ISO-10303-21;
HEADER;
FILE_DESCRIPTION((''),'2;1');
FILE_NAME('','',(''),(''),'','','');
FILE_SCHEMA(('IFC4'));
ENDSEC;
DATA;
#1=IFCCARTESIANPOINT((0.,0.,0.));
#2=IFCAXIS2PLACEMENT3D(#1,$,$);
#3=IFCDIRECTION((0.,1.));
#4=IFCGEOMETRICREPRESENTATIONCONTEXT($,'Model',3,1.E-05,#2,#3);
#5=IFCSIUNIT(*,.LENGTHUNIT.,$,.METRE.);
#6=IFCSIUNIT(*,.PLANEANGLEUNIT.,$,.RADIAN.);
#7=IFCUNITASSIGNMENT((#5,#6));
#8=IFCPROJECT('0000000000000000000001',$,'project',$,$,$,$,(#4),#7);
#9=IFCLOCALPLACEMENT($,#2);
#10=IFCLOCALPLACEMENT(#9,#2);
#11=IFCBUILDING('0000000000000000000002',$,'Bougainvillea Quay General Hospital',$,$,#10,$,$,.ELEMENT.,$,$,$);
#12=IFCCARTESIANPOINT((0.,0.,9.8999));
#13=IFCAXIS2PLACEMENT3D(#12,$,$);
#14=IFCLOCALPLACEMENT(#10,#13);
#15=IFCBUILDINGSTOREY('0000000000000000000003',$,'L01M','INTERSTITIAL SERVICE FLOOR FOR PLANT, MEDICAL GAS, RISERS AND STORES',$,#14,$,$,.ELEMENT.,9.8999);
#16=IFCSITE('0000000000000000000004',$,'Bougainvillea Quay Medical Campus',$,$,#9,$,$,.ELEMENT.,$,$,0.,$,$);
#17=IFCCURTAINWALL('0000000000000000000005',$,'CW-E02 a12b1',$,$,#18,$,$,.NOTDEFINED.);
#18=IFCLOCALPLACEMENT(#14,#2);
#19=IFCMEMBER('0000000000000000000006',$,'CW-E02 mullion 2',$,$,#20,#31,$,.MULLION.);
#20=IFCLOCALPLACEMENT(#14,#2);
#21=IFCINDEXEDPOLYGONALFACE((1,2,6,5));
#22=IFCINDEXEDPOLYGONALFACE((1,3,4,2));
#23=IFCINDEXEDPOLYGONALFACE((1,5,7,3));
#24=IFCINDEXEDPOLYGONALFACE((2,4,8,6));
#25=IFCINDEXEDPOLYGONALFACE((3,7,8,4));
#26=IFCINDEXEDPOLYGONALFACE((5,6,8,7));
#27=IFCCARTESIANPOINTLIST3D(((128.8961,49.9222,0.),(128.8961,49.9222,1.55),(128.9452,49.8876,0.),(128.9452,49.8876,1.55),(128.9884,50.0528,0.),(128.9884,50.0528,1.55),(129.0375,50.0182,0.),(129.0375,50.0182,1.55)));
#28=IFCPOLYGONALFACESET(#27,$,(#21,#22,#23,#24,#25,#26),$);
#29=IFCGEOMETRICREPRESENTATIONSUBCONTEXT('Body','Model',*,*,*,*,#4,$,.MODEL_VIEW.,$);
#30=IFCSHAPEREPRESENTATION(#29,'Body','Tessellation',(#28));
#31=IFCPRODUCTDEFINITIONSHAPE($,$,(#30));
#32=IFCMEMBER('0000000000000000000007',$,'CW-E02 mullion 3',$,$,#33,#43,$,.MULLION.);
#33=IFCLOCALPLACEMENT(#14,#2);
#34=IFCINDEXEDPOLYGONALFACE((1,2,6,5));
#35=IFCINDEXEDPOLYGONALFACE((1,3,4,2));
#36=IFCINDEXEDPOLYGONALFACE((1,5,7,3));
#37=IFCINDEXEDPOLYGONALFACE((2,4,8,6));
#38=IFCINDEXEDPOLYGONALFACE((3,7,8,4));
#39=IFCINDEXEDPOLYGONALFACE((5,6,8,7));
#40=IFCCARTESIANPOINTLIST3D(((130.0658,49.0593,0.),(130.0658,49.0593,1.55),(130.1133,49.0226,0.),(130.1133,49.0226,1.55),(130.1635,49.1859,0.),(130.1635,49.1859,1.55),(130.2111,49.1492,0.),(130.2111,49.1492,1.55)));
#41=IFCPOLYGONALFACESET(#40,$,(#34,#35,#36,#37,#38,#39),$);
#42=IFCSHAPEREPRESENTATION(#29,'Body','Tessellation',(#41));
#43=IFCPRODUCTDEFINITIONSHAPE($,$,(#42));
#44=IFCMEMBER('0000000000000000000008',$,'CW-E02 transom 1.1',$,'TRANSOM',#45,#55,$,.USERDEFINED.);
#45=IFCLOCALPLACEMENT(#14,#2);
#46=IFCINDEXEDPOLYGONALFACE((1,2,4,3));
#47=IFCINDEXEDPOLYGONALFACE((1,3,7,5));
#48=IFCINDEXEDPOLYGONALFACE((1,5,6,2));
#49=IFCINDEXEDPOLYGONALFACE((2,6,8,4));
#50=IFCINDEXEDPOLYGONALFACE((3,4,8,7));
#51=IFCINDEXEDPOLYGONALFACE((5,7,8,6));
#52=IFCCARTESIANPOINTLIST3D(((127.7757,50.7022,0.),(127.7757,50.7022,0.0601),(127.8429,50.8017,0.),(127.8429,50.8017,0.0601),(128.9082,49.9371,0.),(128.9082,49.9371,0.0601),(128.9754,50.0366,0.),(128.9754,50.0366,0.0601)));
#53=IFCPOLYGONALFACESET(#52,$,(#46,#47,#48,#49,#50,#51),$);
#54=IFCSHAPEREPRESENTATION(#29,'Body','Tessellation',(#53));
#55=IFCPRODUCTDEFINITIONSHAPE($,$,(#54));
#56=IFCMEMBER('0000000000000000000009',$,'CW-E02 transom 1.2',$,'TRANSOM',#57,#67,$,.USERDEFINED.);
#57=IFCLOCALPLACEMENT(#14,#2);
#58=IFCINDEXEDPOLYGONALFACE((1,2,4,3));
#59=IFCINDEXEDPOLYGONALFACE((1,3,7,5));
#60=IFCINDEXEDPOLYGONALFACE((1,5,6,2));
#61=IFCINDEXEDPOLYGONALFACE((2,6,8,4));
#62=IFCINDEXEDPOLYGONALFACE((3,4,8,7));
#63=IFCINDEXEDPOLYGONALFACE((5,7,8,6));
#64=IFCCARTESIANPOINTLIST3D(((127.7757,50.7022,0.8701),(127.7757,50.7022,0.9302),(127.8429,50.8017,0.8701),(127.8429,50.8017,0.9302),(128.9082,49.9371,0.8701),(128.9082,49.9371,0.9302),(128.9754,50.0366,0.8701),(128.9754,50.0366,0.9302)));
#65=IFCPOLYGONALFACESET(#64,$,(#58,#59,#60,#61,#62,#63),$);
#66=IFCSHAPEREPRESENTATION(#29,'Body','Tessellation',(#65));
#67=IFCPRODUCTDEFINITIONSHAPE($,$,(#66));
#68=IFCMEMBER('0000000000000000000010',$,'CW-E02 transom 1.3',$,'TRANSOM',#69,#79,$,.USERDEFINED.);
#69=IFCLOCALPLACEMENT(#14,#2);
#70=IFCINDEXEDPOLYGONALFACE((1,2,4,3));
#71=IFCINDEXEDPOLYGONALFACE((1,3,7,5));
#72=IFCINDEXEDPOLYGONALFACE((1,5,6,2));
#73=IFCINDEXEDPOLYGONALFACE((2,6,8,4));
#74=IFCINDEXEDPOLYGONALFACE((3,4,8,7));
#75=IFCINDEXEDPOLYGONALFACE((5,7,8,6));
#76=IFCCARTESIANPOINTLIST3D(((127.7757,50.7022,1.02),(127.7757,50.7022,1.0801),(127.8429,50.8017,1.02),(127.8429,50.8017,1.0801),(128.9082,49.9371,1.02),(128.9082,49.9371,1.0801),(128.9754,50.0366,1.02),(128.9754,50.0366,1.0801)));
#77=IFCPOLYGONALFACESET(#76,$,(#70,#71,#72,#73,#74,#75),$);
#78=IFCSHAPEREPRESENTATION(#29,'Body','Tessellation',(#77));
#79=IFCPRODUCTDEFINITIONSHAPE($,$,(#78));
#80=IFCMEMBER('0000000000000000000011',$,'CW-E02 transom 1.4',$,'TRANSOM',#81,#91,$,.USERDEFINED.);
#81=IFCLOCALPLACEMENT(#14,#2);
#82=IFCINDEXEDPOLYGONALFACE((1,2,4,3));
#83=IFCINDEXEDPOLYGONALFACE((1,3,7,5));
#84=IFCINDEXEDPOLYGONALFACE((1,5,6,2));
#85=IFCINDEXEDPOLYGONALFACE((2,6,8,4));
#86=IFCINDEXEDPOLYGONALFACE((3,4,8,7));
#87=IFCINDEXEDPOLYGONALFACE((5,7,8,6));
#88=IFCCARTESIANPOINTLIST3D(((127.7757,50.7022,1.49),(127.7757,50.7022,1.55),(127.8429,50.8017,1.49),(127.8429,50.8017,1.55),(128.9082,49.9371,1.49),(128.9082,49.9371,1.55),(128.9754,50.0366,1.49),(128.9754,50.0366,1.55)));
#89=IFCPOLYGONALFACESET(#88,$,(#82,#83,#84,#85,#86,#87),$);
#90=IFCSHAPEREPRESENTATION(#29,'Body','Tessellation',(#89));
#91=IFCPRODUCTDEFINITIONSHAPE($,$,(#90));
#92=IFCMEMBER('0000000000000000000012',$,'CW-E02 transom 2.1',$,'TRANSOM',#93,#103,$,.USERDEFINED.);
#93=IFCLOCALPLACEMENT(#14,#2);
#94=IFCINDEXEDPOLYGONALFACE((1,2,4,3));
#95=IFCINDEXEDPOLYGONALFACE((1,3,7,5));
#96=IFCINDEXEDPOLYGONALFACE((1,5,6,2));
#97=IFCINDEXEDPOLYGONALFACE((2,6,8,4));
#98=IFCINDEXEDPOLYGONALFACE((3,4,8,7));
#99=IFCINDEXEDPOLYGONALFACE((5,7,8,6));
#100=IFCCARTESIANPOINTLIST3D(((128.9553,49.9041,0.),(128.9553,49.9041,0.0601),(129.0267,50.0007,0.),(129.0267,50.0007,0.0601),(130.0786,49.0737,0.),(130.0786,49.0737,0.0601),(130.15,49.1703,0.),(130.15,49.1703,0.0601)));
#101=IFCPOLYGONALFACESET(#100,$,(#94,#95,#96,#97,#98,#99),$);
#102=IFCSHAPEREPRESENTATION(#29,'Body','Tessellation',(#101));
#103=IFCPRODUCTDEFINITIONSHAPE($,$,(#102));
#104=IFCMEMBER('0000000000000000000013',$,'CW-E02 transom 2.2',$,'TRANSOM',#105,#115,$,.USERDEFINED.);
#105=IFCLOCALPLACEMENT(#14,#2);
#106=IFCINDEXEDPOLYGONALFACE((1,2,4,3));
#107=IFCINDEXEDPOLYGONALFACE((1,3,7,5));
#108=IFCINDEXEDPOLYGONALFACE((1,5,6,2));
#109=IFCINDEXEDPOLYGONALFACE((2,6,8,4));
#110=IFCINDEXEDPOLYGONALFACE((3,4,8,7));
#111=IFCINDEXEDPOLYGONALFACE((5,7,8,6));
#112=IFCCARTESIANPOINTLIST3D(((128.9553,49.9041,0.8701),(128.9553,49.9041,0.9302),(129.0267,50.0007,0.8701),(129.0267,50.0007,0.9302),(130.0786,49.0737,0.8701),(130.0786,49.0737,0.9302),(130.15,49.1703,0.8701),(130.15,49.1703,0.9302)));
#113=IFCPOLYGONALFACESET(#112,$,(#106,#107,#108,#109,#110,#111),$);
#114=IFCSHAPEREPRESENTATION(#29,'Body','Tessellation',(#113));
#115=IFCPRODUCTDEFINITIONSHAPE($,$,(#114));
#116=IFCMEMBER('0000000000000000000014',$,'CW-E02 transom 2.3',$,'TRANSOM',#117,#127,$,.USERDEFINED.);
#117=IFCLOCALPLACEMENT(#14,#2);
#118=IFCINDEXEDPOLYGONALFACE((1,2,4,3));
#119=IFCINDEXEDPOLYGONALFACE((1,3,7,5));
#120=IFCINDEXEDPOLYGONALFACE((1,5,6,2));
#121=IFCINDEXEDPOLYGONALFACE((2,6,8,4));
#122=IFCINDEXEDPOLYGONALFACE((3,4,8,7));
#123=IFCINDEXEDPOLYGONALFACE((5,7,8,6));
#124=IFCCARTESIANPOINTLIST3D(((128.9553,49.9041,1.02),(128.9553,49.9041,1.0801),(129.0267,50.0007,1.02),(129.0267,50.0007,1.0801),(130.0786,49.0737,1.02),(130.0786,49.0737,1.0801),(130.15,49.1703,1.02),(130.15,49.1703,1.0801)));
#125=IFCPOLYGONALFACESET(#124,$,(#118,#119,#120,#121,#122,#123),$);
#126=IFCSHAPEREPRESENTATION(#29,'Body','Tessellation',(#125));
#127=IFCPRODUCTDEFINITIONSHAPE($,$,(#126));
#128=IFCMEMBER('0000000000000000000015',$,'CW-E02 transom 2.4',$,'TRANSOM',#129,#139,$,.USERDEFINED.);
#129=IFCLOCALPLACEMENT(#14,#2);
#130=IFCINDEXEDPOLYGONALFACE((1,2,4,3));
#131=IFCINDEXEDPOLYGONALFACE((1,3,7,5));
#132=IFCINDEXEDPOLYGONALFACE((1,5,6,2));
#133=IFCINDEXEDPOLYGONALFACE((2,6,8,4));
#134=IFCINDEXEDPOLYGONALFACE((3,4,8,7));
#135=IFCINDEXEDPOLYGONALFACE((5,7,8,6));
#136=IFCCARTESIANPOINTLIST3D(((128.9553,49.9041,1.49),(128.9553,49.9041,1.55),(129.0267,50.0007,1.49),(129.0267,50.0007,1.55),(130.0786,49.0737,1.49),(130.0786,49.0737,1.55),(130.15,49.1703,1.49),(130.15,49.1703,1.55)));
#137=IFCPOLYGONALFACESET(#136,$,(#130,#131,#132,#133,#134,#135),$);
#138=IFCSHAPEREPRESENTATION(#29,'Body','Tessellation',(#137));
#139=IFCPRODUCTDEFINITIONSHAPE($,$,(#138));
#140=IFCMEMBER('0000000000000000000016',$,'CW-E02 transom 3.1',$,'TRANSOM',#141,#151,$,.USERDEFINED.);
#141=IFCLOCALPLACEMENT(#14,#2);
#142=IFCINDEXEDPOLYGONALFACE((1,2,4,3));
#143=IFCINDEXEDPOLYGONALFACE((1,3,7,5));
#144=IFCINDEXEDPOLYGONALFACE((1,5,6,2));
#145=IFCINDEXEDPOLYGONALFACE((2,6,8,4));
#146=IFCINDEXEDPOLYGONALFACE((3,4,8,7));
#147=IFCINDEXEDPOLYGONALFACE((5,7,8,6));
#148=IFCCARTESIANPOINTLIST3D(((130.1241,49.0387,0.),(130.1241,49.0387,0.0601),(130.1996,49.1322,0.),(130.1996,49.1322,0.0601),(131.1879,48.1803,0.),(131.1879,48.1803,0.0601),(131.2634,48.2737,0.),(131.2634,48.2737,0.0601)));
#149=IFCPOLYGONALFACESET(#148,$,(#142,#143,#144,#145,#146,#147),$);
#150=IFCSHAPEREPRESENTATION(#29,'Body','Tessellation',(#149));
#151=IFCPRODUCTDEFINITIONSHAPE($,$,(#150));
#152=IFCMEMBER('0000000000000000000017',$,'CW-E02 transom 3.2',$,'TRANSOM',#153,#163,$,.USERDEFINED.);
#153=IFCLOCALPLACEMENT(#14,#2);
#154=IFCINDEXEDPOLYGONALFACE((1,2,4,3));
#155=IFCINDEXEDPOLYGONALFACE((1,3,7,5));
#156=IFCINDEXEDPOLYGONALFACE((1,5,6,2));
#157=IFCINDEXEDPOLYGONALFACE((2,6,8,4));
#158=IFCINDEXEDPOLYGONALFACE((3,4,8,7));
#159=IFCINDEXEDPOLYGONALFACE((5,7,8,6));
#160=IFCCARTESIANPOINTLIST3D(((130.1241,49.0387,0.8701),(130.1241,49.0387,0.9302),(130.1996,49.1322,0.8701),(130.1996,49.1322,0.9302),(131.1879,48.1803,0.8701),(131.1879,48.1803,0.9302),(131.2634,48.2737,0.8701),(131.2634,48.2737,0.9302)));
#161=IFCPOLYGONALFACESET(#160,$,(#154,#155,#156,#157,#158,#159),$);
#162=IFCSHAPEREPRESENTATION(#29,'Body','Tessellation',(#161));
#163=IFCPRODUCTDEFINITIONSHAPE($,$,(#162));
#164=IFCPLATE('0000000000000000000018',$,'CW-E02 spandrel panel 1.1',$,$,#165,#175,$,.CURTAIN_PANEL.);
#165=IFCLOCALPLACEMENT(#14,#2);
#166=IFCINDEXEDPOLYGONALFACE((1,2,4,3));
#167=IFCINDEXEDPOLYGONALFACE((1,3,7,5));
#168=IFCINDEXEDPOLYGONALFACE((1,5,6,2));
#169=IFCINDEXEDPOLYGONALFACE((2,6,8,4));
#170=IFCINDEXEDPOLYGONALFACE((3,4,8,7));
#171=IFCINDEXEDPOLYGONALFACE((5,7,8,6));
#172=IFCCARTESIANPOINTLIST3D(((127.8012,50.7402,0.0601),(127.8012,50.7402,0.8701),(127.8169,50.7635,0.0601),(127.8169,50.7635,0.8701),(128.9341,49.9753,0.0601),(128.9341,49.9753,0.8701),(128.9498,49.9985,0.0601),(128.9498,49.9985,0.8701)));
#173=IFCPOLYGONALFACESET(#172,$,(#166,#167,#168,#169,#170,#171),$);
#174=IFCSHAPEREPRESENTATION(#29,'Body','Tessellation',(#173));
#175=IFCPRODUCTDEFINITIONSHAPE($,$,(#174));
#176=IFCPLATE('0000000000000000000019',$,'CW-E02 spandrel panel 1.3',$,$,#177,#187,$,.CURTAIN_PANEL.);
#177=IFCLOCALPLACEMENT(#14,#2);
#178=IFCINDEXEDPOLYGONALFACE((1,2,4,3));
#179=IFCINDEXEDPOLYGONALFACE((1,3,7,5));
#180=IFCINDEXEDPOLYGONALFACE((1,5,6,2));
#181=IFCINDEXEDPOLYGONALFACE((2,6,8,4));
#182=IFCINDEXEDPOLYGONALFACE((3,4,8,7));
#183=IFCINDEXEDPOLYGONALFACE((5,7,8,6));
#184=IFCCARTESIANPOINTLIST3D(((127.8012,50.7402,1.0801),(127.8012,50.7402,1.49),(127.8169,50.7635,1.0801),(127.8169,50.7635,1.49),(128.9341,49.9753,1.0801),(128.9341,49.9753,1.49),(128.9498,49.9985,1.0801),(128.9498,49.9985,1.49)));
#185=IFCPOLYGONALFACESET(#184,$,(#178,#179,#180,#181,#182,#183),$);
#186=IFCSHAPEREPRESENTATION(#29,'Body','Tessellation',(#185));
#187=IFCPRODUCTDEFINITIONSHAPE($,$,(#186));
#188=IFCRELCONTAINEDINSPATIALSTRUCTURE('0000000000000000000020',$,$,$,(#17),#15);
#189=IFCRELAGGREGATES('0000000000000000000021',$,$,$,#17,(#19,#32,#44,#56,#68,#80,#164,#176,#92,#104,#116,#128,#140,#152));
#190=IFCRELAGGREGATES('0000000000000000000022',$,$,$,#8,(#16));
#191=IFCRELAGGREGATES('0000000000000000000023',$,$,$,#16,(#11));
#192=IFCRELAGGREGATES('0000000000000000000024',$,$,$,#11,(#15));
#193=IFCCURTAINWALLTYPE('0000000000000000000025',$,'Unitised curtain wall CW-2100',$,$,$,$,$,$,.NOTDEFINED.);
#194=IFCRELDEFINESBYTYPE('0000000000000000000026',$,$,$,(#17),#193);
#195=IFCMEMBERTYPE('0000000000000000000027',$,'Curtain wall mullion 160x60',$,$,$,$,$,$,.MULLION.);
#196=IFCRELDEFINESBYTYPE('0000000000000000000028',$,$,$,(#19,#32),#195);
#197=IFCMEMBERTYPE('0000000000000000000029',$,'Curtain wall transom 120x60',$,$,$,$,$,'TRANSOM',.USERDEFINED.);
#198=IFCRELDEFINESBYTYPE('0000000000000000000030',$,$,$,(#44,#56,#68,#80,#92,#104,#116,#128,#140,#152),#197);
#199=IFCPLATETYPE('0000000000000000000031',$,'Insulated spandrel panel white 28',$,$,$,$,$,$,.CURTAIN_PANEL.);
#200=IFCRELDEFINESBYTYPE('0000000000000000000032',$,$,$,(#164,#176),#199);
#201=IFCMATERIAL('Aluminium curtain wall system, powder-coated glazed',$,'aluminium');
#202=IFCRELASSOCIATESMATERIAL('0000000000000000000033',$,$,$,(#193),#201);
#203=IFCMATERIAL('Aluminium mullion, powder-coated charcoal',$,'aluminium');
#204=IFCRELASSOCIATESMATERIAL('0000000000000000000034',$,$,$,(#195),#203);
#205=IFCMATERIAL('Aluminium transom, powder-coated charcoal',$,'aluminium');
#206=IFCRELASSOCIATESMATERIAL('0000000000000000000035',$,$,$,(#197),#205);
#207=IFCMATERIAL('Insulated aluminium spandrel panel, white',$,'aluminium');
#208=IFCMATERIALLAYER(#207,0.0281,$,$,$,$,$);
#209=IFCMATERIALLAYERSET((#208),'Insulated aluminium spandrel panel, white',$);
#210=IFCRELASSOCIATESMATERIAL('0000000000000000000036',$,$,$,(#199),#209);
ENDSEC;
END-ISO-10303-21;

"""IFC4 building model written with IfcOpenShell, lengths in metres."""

from ifc_helpers import new_model, si_unit, direction, frame, origin, origin_2d, place, context, subcontext, project, spatial, rectangle, extrude, material, layer, layer_set, material_profile, profile_set, type_object, element, aggregate, save


model = new_model("IFC4")

# Units and contexts
model_context = context("Model", 3, precision=1e-05, world=origin(), true_north=direction((0.0, 1.0)))
body_context = subcontext(model_context, "Body", "Model", "MODEL_VIEW")
ifc_project = project(units=[si_unit("LENGTHUNIT", "METRE"), si_unit("PLANEANGLEUNIT", "RADIAN")], contexts=[model_context])

# Site, building, storey
site_placement = place(None, origin())
site = spatial("IfcSite", under=ifc_project, at=site_placement, Name="Bougainvillea Quay Medical Campus", CompositionType="ELEMENT", RefElevation=0.0)
building_placement = place(site_placement, origin())
building = spatial("IfcBuilding", under=site, at=building_placement, Name="Bougainvillea Quay General Hospital", CompositionType="ELEMENT")
storey_placement = place(building_placement, frame((0.0, 0.0, 9.8999)))
storey = spatial("IfcBuildingStorey", under=building, at=storey_placement, Name="L01M", Description="INTERSTITIAL SERVICE FLOOR FOR PLANT, MEDICAL GAS, RISERS AND STORES", CompositionType="ELEMENT", Elevation=9.8999)

# Curtain wall, members, plates
ifc_material_1 = material(Name="Aluminium curtain wall system, powder-coated glazed", Category="aluminium")
curtain_wall_type = type_object("IfcCurtainWallType", Name="Unitised curtain wall CW-2100", PredefinedType="NOTDEFINED", material=ifc_material_1)
curtain_wall_placement = place(storey_placement, origin())
curtain_wall = element("IfcCurtainWall", 1, at=curtain_wall_placement, inside=storey, type_object=curtain_wall_type, Name="CW-E02 a12b1", PredefinedType="NOTDEFINED")
ifc_material_2 = material(Name="Aluminium mullion, powder-coated charcoal", Category="aluminium")
ifc_material_profile_1 = material_profile(ifc_material_2, rectangle(XDim=0.1599, YDim=0.0601, at=origin_2d()))
ifc_profile_set_1 = profile_set([ifc_material_profile_1], Name="Aluminium mullion, powder-coated charcoal")
member_type_1 = type_object("IfcMemberType", Name="Curtain wall mullion 160x60", PredefinedType="MULLION", material=ifc_profile_set_1)
member_1_placement = place(storey_placement, frame((128.9668, 49.9702, 0.0), z_axis=(0.0, 0.0, 1.0), x_axis=(0.577136, 0.816648, 0.0)))
member_1 = element("IfcMember", 2, at=member_1_placement, type_object=member_type_1, Name="CW-E02 mullion 2", PredefinedType="MULLION", context=body_context, shape_type="SweptSolid", body=[
    extrude(rectangle(XDim=0.1599, YDim=0.0601, at=origin_2d()), origin(), (0.0, 0.0, 1.0), 1.55),
])
member_2_placement = place(storey_placement, frame((130.1384, 49.1042, 0.0), z_axis=(0.0, 0.0, 1.0), x_axis=(0.611343, 0.791366, 0.0)))
member_2 = element("IfcMember", 3, at=member_2_placement, type_object=member_type_1, Name="CW-E02 mullion 3", PredefinedType="MULLION", context=body_context, shape_type="SweptSolid", body=[
    extrude(rectangle(XDim=0.1599, YDim=0.0601, at=origin_2d()), origin(), (0.0, 0.0, 1.0), 1.55),
])
ifc_material_3 = material(Name="Aluminium transom, powder-coated charcoal", Category="aluminium")
ifc_material_profile_2 = material_profile(ifc_material_3, rectangle(XDim=0.1201, YDim=0.0601, at=origin_2d()))
ifc_profile_set_2 = profile_set([ifc_material_profile_2], Name="Aluminium transom, powder-coated charcoal")
member_type_2 = type_object("IfcMemberType", Name="Curtain wall transom 120x60", ElementType="TRANSOM", PredefinedType="USERDEFINED", material=ifc_profile_set_2)
member_3_placement = place(storey_placement, frame((127.8093, 50.752, 0.03), z_axis=(0.828627, -0.559801, 0.0), x_axis=(0.559801, 0.828627, 0.0)))
member_3 = element("IfcMember", 4, at=member_3_placement, type_object=member_type_2, Name="CW-E02 transom 1.1", ObjectType="TRANSOM", PredefinedType="USERDEFINED", context=body_context, shape_type="SweptSolid", body=[
    extrude(rectangle(XDim=0.1201, YDim=0.0601, at=origin_2d()), origin(), (0.0, 0.0, 1.0), 1.3667),
])
member_4_placement = place(storey_placement, frame((127.8093, 50.752, 0.9001), z_axis=(0.828627, -0.559801, 0.0), x_axis=(0.559801, 0.828627, 0.0)))
member_4 = element("IfcMember", 5, at=member_4_placement, type_object=member_type_2, Name="CW-E02 transom 1.2", ObjectType="TRANSOM", PredefinedType="USERDEFINED", context=body_context, shape_type="SweptSolid", body=[
    extrude(rectangle(XDim=0.1201, YDim=0.0601, at=origin_2d()), origin(), (0.0, 0.0, 1.0), 1.3667),
])
member_5_placement = place(storey_placement, frame((127.8093, 50.752, 1.05), z_axis=(0.828627, -0.559801, 0.0), x_axis=(0.559801, 0.828627, 0.0)))
member_5 = element("IfcMember", 6, at=member_5_placement, type_object=member_type_2, Name="CW-E02 transom 1.3", ObjectType="TRANSOM", PredefinedType="USERDEFINED", context=body_context, shape_type="SweptSolid", body=[
    extrude(rectangle(XDim=0.1201, YDim=0.0601, at=origin_2d()), origin(), (0.0, 0.0, 1.0), 1.3667),
])
member_6_placement = place(storey_placement, frame((127.8093, 50.752, 1.52), z_axis=(0.828627, -0.559801, 0.0), x_axis=(0.559801, 0.828627, 0.0)))
member_6 = element("IfcMember", 7, at=member_6_placement, type_object=member_type_2, Name="CW-E02 transom 1.4", ObjectType="TRANSOM", PredefinedType="USERDEFINED", context=body_context, shape_type="SweptSolid", body=[
    extrude(rectangle(XDim=0.1201, YDim=0.0601, at=origin_2d()), origin(), (0.0, 0.0, 1.0), 1.3667),
])
member_7_placement = place(storey_placement, frame((128.991, 49.9524, 0.03), z_axis=(0.804154, -0.594421, 0.0), x_axis=(0.594421, 0.804154, 0.0)))
member_7 = element("IfcMember", 8, at=member_7_placement, type_object=member_type_2, Name="CW-E02 transom 2.1", ObjectType="TRANSOM", PredefinedType="USERDEFINED", context=body_context, shape_type="SweptSolid", body=[
    extrude(rectangle(XDim=0.1201, YDim=0.0601, at=origin_2d()), origin(), (0.0, 0.0, 1.0), 1.397),
])
member_8_placement = place(storey_placement, frame((128.991, 49.9524, 0.9001), z_axis=(0.804154, -0.594421, 0.0), x_axis=(0.594421, 0.804154, 0.0)))
member_8 = element("IfcMember", 9, at=member_8_placement, type_object=member_type_2, Name="CW-E02 transom 2.2", ObjectType="TRANSOM", PredefinedType="USERDEFINED", context=body_context, shape_type="SweptSolid", body=[
    extrude(rectangle(XDim=0.1201, YDim=0.0601, at=origin_2d()), origin(), (0.0, 0.0, 1.0), 1.397),
])
member_9_placement = place(storey_placement, frame((128.991, 49.9524, 1.05), z_axis=(0.804154, -0.594421, 0.0), x_axis=(0.594421, 0.804154, 0.0)))
member_9 = element("IfcMember", 10, at=member_9_placement, type_object=member_type_2, Name="CW-E02 transom 2.3", ObjectType="TRANSOM", PredefinedType="USERDEFINED", context=body_context, shape_type="SweptSolid", body=[
    extrude(rectangle(XDim=0.1201, YDim=0.0601, at=origin_2d()), origin(), (0.0, 0.0, 1.0), 1.397),
])
member_10_placement = place(storey_placement, frame((128.991, 49.9524, 1.52), z_axis=(0.804154, -0.594421, 0.0), x_axis=(0.594421, 0.804154, 0.0)))
member_10 = element("IfcMember", 11, at=member_10_placement, type_object=member_type_2, Name="CW-E02 transom 2.4", ObjectType="TRANSOM", PredefinedType="USERDEFINED", context=body_context, shape_type="SweptSolid", body=[
    extrude(rectangle(XDim=0.1201, YDim=0.0601, at=origin_2d()), origin(), (0.0, 0.0, 1.0), 1.397),
])
member_11_placement = place(storey_placement, frame((130.1619, 49.0854, 0.03), z_axis=(0.778213, -0.628, 0.0), x_axis=(0.628, 0.778213, 0.0)))
member_11 = element("IfcMember", 12, at=member_11_placement, type_object=member_type_2, Name="CW-E02 transom 3.1", ObjectType="TRANSOM", PredefinedType="USERDEFINED", context=body_context, shape_type="SweptSolid", body=[
    extrude(rectangle(XDim=0.1201, YDim=0.0601, at=origin_2d()), origin(), (0.0, 0.0, 1.0), 1.3669),
])
member_12_placement = place(storey_placement, frame((130.1619, 49.0854, 0.9001), z_axis=(0.778213, -0.628, 0.0), x_axis=(0.628, 0.778213, 0.0)))
member_12 = element("IfcMember", 13, at=member_12_placement, type_object=member_type_2, Name="CW-E02 transom 3.2", ObjectType="TRANSOM", PredefinedType="USERDEFINED", context=body_context, shape_type="SweptSolid", body=[
    extrude(rectangle(XDim=0.1201, YDim=0.0601, at=origin_2d()), origin(), (0.0, 0.0, 1.0), 1.3669),
])
ifc_material_4 = material(Name="Insulated aluminium spandrel panel, white", Category="aluminium")
ifc_layer_1 = layer(ifc_material_4, 0.0281)
ifc_layer_set_1 = layer_set([ifc_layer_1], Name="Insulated aluminium spandrel panel, white")
plate_type_1 = type_object("IfcPlateType", Name="Insulated spandrel panel white 28", PredefinedType="CURTAIN_PANEL", material=ifc_layer_set_1)
plate_1_placement = place(storey_placement, frame((128.3755, 50.3694, 0.0601), z_axis=(0.0, 0.0, 1.0), x_axis=(0.828738, -0.559637, 0.0)))
plate_1 = element("IfcPlate", 14, at=plate_1_placement, type_object=plate_type_1, Name="CW-E02 spandrel panel 1.1", PredefinedType="CURTAIN_PANEL", context=body_context, shape_type="SweptSolid", body=[
    extrude(rectangle(XDim=1.3669, YDim=0.0281, at=origin_2d()), origin(), (0.0, 0.0, 1.0), 0.8101),
])
plate_2_placement = place(storey_placement, frame((128.3755, 50.3694, 1.0801), z_axis=(0.0, 0.0, 1.0), x_axis=(0.828738, -0.559637, 0.0)))
plate_2 = element("IfcPlate", 15, at=plate_2_placement, type_object=plate_type_1, Name="CW-E02 spandrel panel 1.3", PredefinedType="CURTAIN_PANEL", context=body_context, shape_type="SweptSolid", body=[
    extrude(rectangle(XDim=1.3669, YDim=0.0281, at=origin_2d()), origin(), (0.0, 0.0, 1.0), 0.4099),
])
aggregate(curtain_wall, [member_1, member_2, member_3, member_4, member_5, member_6, plate_1, plate_2, member_7, member_8, member_9, member_10, member_11, member_12])

save(model, "model.ifc")
